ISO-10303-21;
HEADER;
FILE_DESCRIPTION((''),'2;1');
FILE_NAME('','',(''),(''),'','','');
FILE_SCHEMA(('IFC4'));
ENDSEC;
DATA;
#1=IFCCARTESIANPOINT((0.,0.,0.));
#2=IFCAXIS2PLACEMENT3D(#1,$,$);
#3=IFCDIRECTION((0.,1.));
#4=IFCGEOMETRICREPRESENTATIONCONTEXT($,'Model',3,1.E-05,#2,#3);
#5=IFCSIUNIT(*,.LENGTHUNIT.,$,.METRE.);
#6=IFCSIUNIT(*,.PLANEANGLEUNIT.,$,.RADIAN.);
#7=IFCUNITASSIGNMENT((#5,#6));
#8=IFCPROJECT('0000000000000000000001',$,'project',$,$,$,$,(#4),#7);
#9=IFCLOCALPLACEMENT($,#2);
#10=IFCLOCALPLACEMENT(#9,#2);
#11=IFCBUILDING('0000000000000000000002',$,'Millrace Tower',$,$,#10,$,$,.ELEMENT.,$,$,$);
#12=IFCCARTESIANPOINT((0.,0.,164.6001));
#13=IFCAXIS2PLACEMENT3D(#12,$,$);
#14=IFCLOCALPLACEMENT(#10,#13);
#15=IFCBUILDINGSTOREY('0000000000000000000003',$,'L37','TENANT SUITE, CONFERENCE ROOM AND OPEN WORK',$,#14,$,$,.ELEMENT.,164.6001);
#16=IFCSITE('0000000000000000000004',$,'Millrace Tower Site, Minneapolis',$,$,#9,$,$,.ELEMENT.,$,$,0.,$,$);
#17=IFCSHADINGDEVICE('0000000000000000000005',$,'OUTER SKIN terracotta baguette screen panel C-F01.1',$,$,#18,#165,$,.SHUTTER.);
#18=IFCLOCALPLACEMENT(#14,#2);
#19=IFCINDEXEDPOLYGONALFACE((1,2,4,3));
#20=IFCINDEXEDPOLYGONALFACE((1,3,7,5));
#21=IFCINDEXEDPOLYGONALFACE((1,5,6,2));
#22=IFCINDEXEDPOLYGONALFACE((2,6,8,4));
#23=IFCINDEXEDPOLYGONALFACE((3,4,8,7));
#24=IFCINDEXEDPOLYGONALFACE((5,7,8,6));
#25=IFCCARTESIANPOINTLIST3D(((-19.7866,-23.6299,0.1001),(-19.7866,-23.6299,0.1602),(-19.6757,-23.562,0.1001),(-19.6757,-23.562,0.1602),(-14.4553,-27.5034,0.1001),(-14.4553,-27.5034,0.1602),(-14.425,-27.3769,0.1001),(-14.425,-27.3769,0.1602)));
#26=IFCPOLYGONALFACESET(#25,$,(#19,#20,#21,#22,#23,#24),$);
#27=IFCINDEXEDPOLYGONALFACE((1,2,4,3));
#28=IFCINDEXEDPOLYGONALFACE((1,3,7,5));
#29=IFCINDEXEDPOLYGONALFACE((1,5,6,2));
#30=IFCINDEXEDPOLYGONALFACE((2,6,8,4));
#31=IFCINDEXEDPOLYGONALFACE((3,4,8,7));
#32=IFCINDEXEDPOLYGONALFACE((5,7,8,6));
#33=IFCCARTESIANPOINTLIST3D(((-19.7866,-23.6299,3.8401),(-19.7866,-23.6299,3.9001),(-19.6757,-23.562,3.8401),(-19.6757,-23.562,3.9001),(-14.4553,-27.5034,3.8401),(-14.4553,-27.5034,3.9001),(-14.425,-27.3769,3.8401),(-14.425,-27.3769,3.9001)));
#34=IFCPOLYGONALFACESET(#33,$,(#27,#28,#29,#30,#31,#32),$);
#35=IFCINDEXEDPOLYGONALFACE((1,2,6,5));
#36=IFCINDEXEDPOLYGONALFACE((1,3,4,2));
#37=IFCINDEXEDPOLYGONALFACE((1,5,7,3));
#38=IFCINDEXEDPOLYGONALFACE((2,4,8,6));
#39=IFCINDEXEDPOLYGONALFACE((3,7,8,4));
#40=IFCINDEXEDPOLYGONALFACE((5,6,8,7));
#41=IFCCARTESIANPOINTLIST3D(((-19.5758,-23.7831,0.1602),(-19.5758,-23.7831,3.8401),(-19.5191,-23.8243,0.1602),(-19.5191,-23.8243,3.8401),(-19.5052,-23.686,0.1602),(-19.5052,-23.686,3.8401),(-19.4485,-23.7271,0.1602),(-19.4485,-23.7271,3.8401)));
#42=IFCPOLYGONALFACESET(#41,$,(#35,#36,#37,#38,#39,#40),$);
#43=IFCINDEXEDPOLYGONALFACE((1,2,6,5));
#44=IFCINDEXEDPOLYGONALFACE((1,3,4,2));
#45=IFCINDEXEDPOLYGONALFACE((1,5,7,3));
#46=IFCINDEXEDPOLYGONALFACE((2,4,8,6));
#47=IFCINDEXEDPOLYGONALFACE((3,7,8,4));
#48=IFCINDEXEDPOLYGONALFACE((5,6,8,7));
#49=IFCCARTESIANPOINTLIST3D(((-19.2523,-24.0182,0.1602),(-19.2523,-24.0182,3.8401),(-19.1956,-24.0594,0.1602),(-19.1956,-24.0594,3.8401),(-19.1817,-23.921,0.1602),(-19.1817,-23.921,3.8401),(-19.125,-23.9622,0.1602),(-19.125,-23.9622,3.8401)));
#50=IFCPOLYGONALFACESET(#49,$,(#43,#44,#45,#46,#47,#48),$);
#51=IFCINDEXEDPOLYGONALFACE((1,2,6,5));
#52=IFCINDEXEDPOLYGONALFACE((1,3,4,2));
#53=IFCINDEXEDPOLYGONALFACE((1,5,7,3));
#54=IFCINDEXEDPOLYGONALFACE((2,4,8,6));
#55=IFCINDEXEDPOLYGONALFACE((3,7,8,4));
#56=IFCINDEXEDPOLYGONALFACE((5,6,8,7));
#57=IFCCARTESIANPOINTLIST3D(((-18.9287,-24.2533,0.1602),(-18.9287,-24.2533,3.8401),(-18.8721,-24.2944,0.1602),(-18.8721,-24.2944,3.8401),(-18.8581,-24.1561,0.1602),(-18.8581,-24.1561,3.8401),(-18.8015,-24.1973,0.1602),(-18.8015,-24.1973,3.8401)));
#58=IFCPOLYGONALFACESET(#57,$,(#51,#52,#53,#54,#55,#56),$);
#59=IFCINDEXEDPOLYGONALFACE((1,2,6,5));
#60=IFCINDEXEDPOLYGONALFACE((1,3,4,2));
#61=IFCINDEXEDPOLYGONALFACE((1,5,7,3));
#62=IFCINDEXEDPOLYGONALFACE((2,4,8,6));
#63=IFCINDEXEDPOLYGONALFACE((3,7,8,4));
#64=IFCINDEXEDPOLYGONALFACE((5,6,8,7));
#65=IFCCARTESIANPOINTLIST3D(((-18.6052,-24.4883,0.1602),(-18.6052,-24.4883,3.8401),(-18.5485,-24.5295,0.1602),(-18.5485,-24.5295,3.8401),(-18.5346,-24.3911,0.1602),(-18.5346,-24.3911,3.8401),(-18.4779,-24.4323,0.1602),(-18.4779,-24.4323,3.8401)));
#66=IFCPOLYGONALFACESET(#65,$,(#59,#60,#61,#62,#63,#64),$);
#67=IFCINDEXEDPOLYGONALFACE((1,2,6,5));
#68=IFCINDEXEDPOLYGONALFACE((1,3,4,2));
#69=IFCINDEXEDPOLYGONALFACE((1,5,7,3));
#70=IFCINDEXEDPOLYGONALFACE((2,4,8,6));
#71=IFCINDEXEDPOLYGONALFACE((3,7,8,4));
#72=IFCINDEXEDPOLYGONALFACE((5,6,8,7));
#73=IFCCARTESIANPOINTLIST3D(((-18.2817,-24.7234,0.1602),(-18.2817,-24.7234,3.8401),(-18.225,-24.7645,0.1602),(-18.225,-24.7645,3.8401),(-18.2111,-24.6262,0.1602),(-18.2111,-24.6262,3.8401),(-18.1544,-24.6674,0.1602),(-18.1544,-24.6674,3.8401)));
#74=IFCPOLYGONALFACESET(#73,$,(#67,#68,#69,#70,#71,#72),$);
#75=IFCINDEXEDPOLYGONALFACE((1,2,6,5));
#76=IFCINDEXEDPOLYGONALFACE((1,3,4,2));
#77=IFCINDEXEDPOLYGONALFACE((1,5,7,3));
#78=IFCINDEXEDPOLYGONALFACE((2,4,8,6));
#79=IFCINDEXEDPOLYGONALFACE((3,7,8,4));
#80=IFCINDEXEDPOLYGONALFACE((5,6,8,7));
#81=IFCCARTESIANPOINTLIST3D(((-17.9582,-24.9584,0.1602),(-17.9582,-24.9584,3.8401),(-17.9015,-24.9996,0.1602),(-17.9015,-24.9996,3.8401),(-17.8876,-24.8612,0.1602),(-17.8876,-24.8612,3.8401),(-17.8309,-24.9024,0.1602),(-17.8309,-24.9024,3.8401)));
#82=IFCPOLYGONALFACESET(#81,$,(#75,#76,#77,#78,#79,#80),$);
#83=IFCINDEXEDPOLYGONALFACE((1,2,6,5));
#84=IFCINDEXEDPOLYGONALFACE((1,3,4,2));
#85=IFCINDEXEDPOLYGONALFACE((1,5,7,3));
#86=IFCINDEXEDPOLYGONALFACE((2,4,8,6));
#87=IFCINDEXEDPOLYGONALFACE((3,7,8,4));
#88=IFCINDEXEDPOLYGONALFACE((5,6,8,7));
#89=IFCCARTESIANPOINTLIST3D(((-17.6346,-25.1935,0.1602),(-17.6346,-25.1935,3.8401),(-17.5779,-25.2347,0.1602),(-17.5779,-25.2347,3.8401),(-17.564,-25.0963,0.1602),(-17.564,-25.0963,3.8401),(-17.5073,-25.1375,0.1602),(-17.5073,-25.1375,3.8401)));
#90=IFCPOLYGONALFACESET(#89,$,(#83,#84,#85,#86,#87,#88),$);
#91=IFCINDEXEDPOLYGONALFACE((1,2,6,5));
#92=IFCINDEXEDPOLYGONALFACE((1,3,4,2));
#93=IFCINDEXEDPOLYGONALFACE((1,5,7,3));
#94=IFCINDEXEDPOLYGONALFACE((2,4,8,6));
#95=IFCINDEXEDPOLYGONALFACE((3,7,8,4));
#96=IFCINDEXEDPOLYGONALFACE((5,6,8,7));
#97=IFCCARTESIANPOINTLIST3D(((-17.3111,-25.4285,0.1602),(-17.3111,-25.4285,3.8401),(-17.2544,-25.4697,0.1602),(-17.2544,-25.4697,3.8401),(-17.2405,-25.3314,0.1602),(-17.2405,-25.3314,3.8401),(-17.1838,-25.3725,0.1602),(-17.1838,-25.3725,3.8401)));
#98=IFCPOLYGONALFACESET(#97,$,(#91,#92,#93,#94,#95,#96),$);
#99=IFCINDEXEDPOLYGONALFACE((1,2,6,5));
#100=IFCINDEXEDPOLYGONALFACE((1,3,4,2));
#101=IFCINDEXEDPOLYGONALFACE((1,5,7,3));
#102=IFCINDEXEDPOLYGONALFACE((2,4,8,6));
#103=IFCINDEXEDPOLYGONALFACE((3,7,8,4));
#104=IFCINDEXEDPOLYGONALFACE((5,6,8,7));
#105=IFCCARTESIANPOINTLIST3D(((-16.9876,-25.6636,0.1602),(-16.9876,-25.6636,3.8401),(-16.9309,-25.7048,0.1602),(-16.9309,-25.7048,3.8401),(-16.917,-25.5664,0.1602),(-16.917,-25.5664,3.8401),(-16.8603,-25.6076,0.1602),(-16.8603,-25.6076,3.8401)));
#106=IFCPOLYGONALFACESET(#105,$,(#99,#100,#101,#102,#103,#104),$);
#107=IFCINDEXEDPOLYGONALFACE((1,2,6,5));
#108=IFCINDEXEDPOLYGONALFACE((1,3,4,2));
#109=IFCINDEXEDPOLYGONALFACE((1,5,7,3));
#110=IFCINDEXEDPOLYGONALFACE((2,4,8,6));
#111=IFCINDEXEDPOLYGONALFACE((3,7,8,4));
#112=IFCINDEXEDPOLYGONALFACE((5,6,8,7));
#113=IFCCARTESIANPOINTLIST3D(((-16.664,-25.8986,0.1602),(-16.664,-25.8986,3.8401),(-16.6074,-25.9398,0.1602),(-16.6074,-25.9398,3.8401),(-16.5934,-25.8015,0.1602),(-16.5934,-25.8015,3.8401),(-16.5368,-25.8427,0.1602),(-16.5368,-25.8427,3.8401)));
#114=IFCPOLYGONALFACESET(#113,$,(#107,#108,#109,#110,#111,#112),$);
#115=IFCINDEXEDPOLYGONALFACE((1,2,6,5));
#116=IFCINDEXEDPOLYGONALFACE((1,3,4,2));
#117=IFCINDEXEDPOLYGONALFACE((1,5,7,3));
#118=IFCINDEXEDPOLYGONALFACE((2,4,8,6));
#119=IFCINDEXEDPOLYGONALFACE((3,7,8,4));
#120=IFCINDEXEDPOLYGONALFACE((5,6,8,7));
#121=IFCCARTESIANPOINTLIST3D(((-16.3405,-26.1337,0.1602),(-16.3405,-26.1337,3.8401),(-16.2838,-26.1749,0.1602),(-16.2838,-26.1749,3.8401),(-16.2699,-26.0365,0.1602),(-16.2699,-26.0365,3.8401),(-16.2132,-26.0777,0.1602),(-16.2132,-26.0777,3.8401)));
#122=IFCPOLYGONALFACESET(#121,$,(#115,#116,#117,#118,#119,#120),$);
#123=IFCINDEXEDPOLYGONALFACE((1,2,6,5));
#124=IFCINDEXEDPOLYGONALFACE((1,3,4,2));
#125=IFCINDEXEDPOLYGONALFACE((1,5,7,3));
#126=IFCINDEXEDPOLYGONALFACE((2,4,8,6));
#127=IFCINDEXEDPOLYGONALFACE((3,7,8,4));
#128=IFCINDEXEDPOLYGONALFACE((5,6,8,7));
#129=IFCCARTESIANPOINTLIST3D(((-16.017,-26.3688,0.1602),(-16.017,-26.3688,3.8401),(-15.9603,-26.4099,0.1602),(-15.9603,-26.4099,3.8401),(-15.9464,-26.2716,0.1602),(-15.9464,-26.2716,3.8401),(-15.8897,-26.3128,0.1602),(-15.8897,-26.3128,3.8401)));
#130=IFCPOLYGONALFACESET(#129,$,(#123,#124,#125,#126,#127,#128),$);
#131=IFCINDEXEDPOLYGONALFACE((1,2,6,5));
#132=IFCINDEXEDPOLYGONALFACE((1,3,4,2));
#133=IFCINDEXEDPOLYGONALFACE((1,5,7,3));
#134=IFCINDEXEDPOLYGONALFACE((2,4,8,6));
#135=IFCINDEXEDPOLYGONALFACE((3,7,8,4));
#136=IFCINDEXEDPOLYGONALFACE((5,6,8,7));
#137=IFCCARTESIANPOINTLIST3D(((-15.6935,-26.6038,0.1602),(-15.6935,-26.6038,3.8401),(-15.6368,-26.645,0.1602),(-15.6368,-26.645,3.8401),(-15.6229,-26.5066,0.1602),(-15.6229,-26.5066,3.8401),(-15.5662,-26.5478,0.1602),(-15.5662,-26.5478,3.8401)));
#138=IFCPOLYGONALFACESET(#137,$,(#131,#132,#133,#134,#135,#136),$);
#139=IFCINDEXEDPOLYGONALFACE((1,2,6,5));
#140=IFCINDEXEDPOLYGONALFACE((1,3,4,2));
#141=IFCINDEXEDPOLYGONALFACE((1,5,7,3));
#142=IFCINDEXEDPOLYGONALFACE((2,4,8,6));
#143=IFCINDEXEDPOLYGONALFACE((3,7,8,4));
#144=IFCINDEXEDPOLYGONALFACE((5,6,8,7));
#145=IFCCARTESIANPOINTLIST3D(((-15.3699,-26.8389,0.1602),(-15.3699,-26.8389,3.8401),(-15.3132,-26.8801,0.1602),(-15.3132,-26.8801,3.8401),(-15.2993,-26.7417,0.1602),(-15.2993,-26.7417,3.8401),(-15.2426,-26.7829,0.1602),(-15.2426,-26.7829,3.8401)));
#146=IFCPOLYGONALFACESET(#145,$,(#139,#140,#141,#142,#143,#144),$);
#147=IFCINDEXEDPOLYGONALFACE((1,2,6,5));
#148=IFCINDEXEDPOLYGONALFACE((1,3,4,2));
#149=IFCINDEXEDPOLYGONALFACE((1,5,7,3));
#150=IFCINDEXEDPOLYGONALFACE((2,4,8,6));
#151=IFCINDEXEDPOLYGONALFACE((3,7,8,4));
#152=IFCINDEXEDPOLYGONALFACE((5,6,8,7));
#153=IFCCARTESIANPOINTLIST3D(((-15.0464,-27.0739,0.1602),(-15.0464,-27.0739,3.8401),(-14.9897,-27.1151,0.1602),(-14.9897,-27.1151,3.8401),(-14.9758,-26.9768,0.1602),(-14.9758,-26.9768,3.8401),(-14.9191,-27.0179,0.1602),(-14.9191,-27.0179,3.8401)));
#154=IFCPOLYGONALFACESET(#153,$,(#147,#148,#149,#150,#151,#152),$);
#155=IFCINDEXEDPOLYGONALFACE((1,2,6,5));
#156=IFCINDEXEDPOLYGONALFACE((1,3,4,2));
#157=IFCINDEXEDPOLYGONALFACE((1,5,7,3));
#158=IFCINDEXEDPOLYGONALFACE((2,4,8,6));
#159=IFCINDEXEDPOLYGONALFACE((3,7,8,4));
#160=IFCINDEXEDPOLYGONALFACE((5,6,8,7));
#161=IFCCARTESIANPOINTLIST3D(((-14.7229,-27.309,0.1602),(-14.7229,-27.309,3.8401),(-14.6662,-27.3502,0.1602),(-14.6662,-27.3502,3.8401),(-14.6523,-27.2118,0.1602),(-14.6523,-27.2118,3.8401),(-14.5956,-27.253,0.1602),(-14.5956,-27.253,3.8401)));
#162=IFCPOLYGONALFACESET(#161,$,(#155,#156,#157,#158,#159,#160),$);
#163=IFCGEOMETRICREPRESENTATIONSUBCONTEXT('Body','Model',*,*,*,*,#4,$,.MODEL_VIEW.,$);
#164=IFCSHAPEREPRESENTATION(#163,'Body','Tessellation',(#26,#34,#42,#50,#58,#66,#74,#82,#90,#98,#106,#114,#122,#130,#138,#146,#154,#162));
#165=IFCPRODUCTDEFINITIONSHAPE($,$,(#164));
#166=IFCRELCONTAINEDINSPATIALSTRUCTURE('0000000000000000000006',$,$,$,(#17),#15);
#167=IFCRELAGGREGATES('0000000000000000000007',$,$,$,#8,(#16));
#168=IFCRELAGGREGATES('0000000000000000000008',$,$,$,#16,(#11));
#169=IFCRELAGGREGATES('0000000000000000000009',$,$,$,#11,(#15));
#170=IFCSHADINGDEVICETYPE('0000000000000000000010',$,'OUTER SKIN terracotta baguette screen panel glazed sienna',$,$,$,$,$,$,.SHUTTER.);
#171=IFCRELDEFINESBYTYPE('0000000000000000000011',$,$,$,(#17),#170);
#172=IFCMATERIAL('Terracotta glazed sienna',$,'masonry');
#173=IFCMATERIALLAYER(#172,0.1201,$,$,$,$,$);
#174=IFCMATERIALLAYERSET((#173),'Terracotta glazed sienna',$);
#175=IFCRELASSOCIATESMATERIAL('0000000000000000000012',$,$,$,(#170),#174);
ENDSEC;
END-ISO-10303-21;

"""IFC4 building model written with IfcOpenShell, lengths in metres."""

from ifc_helpers import new_model, entity, si_unit, direction, frame, frame_2d, origin, place, context, subcontext, project, spatial, rectangle, extrude, source, transform, mapped, material, layer, layer_set, type_object, element, save


model = new_model("IFC4")

# Units and contexts
model_context = context("Model", 3, precision=1e-05, world=origin(), true_north=direction((0.0, 1.0)))
body_context = subcontext(model_context, "Body", "Model", "MODEL_VIEW")
ifc_project = project(units=[si_unit("LENGTHUNIT", "METRE"), si_unit("PLANEANGLEUNIT", "RADIAN")], contexts=[model_context])

# Site, building, storey
site_placement = place(None, origin())
site = spatial("IfcSite", under=ifc_project, at=site_placement, Name="Millrace Tower Site, Minneapolis", CompositionType="ELEMENT", RefElevation=0.0)
building_placement = place(site_placement, origin())
building = spatial("IfcBuilding", under=site, at=building_placement, Name="Millrace Tower", CompositionType="ELEMENT")
storey_placement = place(building_placement, frame((0.0, 0.0, 164.6001)))
storey = spatial("IfcBuildingStorey", under=building, at=storey_placement, Name="L37", Description="TENANT SUITE, CONFERENCE ROOM AND OPEN WORK", CompositionType="ELEMENT", Elevation=164.6001)

# Shading device
ifc_material_1 = material(Name="Terracotta glazed sienna", Category="masonry")
ifc_layer_1 = layer(ifc_material_1, 0.1201)
ifc_layer_set_1 = layer_set([ifc_layer_1], Name="Terracotta glazed sienna")
shading_device_type = type_object("IfcShadingDeviceType", Name="OUTER SKIN terracotta baguette screen panel glazed sienna", PredefinedType="SHUTTER", material=ifc_layer_set_1)
cartesian_point_1 = entity("IfcCartesianPoint", [-3.2451, 0.0601])
shared_polyline_1 = entity("IfcPolyline", [cartesian_point_1, entity("IfcCartesianPoint", [3.2451, 0.0601]), entity("IfcCartesianPoint", [3.2949, -0.0601]), entity("IfcCartesianPoint", [-3.2949, -0.0601]), cartesian_point_1])
shared_shape_1 = source(origin(), body_context, "Body", "SweptSolid", [
    entity("IfcExtrudedAreaSolid", entity("IfcArbitraryClosedProfileDef", "AREA", None, shared_polyline_1), entity("IfcAxis2Placement3D", entity("IfcCartesianPoint", [0.0, 0.0, 0.0])), entity("IfcDirection", [0.0, 0.0, 1.0]), 0.0601),
    entity("IfcExtrudedAreaSolid", entity("IfcArbitraryClosedProfileDef", "AREA", None, shared_polyline_1), entity("IfcAxis2Placement3D", entity("IfcCartesianPoint", [0.0, 0.0, 3.74])), entity("IfcDirection", [0.0, 0.0, 1.0]), 0.0601),
    extrude(rectangle(XDim=0.0701, YDim=0.1201, at=frame_2d((-2.9993, 0.0))), frame((0.0, 0.0, 0.0601)), (0.0, 0.0, 1.0), 3.6799),
    extrude(rectangle(XDim=0.0701, YDim=0.1201, at=frame_2d((-2.5994, 0.0))), frame((0.0, 0.0, 0.0601)), (0.0, 0.0, 1.0), 3.6799),
    extrude(rectangle(XDim=0.0701, YDim=0.1201, at=frame_2d((-2.1995, 0.0))), frame((0.0, 0.0, 0.0601)), (0.0, 0.0, 1.0), 3.6799),
    extrude(rectangle(XDim=0.0701, YDim=0.1201, at=frame_2d((-1.7996, 0.0))), frame((0.0, 0.0, 0.0601)), (0.0, 0.0, 1.0), 3.6799),
    extrude(rectangle(XDim=0.0701, YDim=0.1201, at=frame_2d((-1.3997, 0.0))), frame((0.0, 0.0, 0.0601)), (0.0, 0.0, 1.0), 3.6799),
    extrude(rectangle(XDim=0.0701, YDim=0.1201, at=frame_2d((-0.9998, 0.0))), frame((0.0, 0.0, 0.0601)), (0.0, 0.0, 1.0), 3.6799),
    extrude(rectangle(XDim=0.0701, YDim=0.1201, at=frame_2d((-0.5999, 0.0))), frame((0.0, 0.0, 0.0601)), (0.0, 0.0, 1.0), 3.6799),
    extrude(rectangle(XDim=0.0701, YDim=0.1201, at=frame_2d((-0.2, 0.0))), frame((0.0, 0.0, 0.0601)), (0.0, 0.0, 1.0), 3.6799),
    extrude(rectangle(XDim=0.0701, YDim=0.1201, at=frame_2d((0.2, 0.0))), frame((0.0, 0.0, 0.0601)), (0.0, 0.0, 1.0), 3.6799),
    extrude(rectangle(XDim=0.0701, YDim=0.1201, at=frame_2d((0.5999, 0.0))), frame((0.0, 0.0, 0.0601)), (0.0, 0.0, 1.0), 3.6799),
    extrude(rectangle(XDim=0.0701, YDim=0.1201, at=frame_2d((0.9998, 0.0))), frame((0.0, 0.0, 0.0601)), (0.0, 0.0, 1.0), 3.6799),
    extrude(rectangle(XDim=0.0701, YDim=0.1201, at=frame_2d((1.3997, 0.0))), frame((0.0, 0.0, 0.0601)), (0.0, 0.0, 1.0), 3.6799),
    extrude(rectangle(XDim=0.0701, YDim=0.1201, at=frame_2d((1.7996, 0.0))), frame((0.0, 0.0, 0.0601)), (0.0, 0.0, 1.0), 3.6799),
    extrude(rectangle(XDim=0.0701, YDim=0.1201, at=frame_2d((2.1995, 0.0))), frame((0.0, 0.0, 0.0601)), (0.0, 0.0, 1.0), 3.6799),
    extrude(rectangle(XDim=0.0701, YDim=0.1201, at=frame_2d((2.5994, 0.0))), frame((0.0, 0.0, 0.0601)), (0.0, 0.0, 1.0), 3.6799),
    extrude(rectangle(XDim=0.0701, YDim=0.1201, at=frame_2d((2.9993, 0.0))), frame((0.0, 0.0, 0.0601)), (0.0, 0.0, 1.0), 3.6799),
])
shading_device_1_placement = place(storey_placement, frame((-17.0857, -25.5181, 0.1001), z_axis=(0.0, 0.0, 1.0), x_axis=(0.809017, -0.587785, 0.0)))
element("IfcShadingDevice", 1, at=shading_device_1_placement, inside=storey, type_object=shading_device_type, Name="OUTER SKIN terracotta baguette screen panel C-F01.1", PredefinedType="SHUTTER", context=body_context, shape_type="MappedRepresentation", body=[
    mapped(shared_shape_1, transform((0.0, 0.0, 0.0), scale=1.0)),
])

save(model, "model.ifc")
